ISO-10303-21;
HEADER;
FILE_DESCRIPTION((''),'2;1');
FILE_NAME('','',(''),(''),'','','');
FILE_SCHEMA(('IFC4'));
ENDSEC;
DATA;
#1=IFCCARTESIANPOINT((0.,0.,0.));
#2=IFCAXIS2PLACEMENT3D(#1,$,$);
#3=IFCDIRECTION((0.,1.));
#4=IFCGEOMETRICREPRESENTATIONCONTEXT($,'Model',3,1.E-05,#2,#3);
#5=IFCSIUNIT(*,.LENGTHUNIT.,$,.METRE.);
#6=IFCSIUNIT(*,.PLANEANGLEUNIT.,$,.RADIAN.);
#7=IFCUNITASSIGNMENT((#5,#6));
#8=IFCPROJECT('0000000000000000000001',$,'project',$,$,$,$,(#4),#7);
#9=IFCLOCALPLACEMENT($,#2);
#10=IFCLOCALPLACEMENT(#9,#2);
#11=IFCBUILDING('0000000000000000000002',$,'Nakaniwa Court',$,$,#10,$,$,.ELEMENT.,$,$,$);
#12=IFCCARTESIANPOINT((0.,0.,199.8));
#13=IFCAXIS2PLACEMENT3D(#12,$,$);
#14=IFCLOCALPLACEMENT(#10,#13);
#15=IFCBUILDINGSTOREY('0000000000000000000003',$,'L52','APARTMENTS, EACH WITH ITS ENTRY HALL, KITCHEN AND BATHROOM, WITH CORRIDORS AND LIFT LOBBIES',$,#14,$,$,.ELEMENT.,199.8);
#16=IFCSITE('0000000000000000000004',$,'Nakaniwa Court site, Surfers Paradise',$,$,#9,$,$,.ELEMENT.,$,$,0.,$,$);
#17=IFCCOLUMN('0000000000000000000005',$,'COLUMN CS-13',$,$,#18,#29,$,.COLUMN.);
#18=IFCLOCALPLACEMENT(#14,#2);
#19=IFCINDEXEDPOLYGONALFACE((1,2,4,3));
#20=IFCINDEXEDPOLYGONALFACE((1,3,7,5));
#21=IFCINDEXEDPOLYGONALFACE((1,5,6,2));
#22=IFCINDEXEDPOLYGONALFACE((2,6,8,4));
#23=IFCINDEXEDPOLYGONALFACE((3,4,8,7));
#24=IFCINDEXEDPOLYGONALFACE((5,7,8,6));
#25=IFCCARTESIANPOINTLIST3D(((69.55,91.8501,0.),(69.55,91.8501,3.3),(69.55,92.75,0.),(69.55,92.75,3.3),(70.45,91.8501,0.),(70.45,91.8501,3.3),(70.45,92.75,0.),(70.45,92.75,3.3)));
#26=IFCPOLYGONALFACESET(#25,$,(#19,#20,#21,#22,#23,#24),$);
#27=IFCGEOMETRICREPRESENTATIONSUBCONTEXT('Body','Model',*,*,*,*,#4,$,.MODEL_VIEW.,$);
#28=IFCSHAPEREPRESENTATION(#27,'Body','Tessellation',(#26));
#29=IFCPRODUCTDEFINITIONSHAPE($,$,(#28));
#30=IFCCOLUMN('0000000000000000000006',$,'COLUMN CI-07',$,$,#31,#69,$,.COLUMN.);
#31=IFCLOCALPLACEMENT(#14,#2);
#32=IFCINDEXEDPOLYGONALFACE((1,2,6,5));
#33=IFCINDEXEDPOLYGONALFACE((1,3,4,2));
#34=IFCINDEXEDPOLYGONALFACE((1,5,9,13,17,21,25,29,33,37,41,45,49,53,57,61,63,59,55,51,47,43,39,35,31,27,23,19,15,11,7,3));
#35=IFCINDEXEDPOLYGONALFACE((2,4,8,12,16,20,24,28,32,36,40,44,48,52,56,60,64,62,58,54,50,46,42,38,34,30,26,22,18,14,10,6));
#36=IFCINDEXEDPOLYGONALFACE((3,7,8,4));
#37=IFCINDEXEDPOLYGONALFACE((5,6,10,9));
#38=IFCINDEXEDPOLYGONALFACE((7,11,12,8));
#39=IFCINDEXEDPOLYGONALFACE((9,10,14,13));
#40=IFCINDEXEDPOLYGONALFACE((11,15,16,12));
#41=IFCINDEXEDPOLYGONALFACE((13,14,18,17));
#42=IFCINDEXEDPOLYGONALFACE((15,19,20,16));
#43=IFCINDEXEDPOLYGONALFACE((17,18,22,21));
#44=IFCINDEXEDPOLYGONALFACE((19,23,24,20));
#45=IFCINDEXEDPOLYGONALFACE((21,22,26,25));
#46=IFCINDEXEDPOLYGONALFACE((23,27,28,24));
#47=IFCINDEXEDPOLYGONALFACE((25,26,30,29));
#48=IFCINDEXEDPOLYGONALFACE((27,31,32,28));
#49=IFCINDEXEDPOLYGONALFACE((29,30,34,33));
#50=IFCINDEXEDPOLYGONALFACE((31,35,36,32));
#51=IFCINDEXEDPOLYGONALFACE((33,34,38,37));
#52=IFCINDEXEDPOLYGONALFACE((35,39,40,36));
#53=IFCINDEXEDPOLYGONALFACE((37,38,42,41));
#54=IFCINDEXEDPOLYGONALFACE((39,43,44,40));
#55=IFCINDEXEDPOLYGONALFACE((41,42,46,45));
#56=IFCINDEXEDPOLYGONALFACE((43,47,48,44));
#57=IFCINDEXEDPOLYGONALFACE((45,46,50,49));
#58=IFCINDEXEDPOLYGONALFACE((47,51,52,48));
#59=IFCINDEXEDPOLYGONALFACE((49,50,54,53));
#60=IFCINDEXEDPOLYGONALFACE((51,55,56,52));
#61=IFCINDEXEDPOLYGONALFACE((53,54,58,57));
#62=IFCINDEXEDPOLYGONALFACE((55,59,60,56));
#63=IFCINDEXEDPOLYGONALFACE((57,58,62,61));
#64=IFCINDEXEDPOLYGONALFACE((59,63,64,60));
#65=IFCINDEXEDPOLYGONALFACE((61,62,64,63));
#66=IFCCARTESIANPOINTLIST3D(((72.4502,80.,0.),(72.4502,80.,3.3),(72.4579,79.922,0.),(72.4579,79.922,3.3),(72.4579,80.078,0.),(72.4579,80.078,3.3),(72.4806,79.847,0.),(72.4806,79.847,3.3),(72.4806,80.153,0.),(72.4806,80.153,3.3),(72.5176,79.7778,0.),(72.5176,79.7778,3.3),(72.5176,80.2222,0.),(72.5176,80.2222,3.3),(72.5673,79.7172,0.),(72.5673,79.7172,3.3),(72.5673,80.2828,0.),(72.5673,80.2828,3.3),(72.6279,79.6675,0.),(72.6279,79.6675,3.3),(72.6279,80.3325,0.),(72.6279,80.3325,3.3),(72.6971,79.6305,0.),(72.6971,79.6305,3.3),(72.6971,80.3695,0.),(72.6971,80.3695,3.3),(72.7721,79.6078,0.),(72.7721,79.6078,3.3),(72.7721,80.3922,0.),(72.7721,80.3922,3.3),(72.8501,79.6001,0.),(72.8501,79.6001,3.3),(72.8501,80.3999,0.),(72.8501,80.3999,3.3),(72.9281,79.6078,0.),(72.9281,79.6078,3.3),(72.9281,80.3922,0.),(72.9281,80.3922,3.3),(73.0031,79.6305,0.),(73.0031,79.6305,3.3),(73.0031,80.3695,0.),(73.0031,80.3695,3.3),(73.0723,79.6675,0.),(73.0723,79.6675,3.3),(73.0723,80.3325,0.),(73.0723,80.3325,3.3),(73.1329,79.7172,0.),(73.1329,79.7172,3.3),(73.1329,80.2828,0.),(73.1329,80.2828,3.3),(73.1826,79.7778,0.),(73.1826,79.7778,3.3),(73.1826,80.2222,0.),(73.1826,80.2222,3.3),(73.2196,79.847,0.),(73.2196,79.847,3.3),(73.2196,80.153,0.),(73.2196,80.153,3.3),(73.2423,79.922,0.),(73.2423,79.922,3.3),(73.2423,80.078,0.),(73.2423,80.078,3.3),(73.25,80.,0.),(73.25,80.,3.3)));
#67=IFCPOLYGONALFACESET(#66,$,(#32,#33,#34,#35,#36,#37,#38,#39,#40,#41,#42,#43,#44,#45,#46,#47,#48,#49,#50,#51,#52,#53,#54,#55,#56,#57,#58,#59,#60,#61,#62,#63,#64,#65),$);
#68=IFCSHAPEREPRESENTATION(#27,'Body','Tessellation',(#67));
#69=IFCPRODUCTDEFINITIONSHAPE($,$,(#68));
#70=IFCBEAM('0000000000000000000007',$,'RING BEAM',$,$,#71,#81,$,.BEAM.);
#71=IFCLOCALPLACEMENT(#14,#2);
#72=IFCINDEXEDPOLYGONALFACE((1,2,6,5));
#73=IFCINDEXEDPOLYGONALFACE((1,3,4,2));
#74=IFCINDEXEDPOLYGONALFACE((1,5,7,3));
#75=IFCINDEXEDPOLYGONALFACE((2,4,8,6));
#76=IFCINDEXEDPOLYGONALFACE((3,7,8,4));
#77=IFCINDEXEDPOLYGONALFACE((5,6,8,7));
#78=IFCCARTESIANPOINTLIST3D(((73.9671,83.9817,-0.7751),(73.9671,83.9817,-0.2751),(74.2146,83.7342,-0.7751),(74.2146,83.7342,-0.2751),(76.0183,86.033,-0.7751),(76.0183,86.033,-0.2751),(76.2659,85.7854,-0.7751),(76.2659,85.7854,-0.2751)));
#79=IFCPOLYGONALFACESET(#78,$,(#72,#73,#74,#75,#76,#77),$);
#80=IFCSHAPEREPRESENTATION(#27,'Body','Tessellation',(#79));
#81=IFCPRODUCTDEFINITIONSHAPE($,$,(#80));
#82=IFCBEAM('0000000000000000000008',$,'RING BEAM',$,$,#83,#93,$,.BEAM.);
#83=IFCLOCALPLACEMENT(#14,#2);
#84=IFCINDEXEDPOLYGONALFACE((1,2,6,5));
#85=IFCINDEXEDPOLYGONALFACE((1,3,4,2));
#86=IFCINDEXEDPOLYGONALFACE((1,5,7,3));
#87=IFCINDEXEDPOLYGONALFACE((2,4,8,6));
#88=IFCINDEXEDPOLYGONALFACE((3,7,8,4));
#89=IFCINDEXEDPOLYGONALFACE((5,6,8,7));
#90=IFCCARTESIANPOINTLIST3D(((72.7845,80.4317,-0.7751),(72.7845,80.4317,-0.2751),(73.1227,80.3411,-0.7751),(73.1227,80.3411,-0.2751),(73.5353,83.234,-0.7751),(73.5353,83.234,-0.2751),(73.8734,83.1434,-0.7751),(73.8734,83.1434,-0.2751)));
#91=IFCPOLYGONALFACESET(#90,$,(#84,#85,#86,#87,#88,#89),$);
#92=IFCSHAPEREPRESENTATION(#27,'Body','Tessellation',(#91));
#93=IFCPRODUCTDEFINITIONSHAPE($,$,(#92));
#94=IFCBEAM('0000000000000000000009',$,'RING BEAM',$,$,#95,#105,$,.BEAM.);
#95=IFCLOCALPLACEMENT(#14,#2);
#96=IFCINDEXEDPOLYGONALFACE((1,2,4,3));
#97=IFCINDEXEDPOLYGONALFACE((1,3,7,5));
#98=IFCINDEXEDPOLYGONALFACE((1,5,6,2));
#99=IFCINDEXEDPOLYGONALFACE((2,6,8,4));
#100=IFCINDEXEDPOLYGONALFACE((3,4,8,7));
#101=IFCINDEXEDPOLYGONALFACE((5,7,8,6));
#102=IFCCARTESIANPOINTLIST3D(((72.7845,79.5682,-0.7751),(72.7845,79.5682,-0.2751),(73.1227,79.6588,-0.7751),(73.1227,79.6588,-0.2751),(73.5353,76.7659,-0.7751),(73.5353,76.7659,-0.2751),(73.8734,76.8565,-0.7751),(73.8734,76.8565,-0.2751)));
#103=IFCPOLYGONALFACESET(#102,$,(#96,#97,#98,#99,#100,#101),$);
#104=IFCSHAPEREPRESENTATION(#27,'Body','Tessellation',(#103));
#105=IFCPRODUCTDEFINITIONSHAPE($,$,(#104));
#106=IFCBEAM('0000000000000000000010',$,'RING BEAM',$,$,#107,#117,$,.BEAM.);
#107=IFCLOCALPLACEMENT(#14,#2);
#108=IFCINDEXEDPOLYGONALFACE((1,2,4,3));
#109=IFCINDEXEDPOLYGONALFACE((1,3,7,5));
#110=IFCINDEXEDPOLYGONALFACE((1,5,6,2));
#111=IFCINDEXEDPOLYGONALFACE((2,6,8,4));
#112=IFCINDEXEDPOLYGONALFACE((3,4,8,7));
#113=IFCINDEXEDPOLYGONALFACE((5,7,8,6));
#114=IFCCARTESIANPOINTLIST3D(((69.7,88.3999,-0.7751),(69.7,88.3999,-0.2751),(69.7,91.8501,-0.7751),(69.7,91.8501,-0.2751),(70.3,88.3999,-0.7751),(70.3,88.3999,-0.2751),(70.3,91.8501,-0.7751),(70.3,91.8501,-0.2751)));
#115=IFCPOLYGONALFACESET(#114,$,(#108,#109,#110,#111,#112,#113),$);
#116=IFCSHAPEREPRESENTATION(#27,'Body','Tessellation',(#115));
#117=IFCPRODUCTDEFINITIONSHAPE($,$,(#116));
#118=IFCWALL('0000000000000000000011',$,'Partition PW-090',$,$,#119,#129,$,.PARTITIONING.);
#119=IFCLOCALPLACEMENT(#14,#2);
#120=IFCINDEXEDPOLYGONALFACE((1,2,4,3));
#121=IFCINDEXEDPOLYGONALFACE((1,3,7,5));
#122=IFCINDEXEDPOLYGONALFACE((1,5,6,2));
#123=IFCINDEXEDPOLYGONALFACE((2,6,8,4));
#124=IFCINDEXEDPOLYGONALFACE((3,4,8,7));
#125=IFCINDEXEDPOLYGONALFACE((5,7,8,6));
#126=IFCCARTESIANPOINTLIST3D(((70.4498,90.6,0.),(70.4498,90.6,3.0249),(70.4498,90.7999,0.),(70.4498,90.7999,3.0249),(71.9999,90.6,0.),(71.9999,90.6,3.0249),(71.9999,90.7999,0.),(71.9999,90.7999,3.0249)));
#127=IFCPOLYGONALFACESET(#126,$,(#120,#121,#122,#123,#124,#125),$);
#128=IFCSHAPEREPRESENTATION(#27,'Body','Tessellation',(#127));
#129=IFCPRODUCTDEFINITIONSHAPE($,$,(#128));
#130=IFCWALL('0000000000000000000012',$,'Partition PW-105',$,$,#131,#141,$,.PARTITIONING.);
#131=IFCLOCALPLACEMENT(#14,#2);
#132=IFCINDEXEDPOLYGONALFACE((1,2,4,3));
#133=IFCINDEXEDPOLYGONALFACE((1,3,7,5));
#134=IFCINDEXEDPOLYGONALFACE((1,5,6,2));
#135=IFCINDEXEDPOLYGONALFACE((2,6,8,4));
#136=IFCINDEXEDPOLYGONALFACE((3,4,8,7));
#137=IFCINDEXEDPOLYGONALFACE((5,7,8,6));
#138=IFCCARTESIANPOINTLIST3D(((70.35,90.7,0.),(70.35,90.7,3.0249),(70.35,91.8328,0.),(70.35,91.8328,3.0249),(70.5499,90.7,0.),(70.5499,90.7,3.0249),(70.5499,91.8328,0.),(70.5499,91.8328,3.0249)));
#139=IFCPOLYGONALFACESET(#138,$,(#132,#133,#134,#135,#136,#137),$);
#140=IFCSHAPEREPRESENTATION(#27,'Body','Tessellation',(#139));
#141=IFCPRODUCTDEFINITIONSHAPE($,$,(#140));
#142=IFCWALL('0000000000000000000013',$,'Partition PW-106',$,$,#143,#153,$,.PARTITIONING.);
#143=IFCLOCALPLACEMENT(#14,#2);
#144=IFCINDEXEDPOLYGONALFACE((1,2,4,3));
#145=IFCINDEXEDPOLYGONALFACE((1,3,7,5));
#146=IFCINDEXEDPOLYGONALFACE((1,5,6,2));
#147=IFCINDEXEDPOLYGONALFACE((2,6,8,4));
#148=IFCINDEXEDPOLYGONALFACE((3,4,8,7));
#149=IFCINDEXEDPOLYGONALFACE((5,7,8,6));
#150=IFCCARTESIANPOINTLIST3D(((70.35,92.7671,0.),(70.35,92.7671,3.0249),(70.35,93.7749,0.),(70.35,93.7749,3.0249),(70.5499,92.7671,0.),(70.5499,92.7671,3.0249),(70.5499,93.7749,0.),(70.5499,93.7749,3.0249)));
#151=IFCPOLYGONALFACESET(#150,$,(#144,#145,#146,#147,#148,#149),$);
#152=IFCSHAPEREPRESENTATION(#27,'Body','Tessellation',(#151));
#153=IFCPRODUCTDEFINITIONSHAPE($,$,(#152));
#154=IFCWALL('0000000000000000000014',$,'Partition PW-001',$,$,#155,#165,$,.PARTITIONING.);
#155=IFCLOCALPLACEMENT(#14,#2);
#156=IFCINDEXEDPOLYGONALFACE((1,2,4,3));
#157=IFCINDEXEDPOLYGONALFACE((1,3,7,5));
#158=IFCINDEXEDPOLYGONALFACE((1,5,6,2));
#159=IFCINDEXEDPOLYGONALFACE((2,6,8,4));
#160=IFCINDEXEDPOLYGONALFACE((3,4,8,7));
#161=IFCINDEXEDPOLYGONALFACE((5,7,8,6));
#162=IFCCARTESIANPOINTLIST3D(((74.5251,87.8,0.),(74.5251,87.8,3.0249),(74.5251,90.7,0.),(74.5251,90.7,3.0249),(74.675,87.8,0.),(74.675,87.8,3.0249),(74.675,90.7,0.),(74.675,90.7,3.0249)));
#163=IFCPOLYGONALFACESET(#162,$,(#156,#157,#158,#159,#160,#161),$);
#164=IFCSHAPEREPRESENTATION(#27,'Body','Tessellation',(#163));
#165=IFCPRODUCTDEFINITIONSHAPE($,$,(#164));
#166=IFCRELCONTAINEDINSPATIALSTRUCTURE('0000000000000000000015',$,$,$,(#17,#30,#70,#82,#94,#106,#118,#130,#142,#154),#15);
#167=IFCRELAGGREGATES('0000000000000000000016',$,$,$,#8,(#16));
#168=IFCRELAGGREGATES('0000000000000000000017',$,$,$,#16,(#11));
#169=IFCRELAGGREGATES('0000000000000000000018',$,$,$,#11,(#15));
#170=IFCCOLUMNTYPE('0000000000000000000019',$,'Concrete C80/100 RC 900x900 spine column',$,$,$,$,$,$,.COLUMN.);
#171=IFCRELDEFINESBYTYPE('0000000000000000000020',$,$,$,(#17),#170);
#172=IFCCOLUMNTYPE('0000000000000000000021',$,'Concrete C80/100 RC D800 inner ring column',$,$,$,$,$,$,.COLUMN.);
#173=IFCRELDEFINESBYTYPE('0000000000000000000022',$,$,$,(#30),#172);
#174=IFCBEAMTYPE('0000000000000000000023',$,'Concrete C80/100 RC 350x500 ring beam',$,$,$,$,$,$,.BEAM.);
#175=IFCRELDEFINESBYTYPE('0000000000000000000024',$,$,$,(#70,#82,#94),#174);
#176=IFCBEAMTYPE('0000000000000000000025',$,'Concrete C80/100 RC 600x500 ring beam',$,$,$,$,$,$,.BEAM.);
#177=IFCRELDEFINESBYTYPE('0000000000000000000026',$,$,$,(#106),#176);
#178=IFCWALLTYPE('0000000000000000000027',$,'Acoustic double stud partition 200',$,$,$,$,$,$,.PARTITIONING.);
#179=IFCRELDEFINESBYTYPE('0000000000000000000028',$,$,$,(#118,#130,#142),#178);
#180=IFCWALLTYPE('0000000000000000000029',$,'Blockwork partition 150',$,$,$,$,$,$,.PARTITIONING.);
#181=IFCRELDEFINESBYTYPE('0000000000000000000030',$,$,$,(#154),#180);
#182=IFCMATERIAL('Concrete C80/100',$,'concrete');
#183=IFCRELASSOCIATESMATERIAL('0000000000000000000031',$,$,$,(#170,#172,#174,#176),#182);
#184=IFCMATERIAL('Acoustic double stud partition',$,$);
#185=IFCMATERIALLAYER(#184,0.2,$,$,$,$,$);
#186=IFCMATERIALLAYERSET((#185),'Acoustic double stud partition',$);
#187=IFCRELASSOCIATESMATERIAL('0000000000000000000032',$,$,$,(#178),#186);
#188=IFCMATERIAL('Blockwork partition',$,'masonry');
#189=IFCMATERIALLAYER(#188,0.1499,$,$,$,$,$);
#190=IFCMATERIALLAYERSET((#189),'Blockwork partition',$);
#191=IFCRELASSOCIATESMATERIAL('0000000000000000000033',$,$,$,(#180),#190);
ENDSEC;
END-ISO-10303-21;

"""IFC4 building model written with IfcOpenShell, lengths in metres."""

from ifc_helpers import new_model, si_unit, direction, frame, frame_2d, origin, origin_2d, place, context, subcontext, project, spatial, rectangle, circle, extrude, material, layer, layer_set, material_profile, profile_set, type_object, element, save


model = new_model("IFC4")

# Units and contexts
model_context = context("Model", 3, precision=1e-05, world=origin(), true_north=direction((0.0, 1.0)))
body_context = subcontext(model_context, "Body", "Model", "MODEL_VIEW")
ifc_project = project(units=[si_unit("LENGTHUNIT", "METRE"), si_unit("PLANEANGLEUNIT", "RADIAN")], contexts=[model_context])

# Site, building, storey
site_placement = place(None, origin())
site = spatial("IfcSite", under=ifc_project, at=site_placement, Name="Nakaniwa Court site, Surfers Paradise", CompositionType="ELEMENT", RefElevation=0.0)
building_placement = place(site_placement, origin())
building = spatial("IfcBuilding", under=site, at=building_placement, Name="Nakaniwa Court", CompositionType="ELEMENT")
storey_placement = place(building_placement, frame((0.0, 0.0, 199.8)))
storey = spatial("IfcBuildingStorey", under=building, at=storey_placement, Name="L52", Description="APARTMENTS, EACH WITH ITS ENTRY HALL, KITCHEN AND BATHROOM, WITH CORRIDORS AND LIFT LOBBIES", CompositionType="ELEMENT", Elevation=199.8)

# Columns
ifc_material_1 = material(Name="Concrete C80/100", Category="concrete")
ifc_material_profile_1 = material_profile(ifc_material_1, rectangle(XDim=0.8999, YDim=0.8999, at=origin_2d()), Name="Concrete C80/100 RC 900x900 spine column")
ifc_profile_set_1 = profile_set([ifc_material_profile_1], Name="Concrete C80/100")
column_type_1 = type_object("IfcColumnType", Name="Concrete C80/100 RC 900x900 spine column", PredefinedType="COLUMN", material=ifc_profile_set_1)
column_placement = place(storey_placement, frame((70.0, 92.3, 0.0), z_axis=(0.0, 0.0, 1.0), x_axis=(0.0, -1.0, 0.0)))
element("IfcColumn", 1, at=column_placement, inside=storey, type_object=column_type_1, Name="COLUMN CS-13", PredefinedType="COLUMN", context=body_context, shape_type="SweptSolid", body=[
    extrude(rectangle(XDim=0.8999, YDim=0.8999, at=origin_2d()), origin(), (0.0, 0.0, 1.0), 3.3),
])
ifc_material_profile_2 = material_profile(ifc_material_1, circle(Radius=0.3999, at=origin_2d()), Name="Concrete C80/100 RC D800 inner ring column")
ifc_profile_set_2 = profile_set([ifc_material_profile_2], Name="Concrete C80/100")
column_type_2 = type_object("IfcColumnType", Name="Concrete C80/100 RC D800 inner ring column", PredefinedType="COLUMN", material=ifc_profile_set_2)
for number, where, z_axis, x_axis, name in (
    (2, (72.8501, 80.0, 0.0), (0.0, 0.0, 1.0), (0.0, -1.0, 0.0), "COLUMN CI-07"),
):
    element("IfcColumn", number, at=place(storey_placement, frame(where, z_axis=z_axis, x_axis=x_axis)), inside=storey, type_object=column_type_2, Name=name, PredefinedType="COLUMN", context=body_context, shape_type="SweptSolid", body=[
        extrude(circle(Radius=0.3999, at=origin_2d()), origin(), (0.0, 0.0, 1.0), 3.3),
    ])

# Beams
ifc_material_profile_3 = material_profile(ifc_material_1, rectangle(XDim=0.3501, YDim=0.5, at=origin_2d()), Name="Concrete C80/100 RC 350x500 ring beam")
ifc_profile_set_3 = profile_set([ifc_material_profile_3], Name="Concrete C80/100")
beam_type_1 = type_object("IfcBeamType", Name="Concrete C80/100 RC 350x500 ring beam", PredefinedType="BEAM", material=ifc_profile_set_3)
beam_1_placement = place(storey_placement, frame((76.1421, 85.9092, -0.5251), z_axis=(-0.707107, -0.707107, 0.0), x_axis=(0.707107, -0.707107, 0.0)))
element("IfcBeam", 3, at=beam_1_placement, inside=storey, type_object=beam_type_1, Name="RING BEAM", PredefinedType="BEAM", context=body_context, shape_type="SweptSolid", body=[
    extrude(rectangle(XDim=0.3501, YDim=0.5, at=origin_2d()), origin(), (0.0, 0.0, 1.0), 2.9009),
])
for number, where, z_axis, x_axis, name in (
    (4, (73.7043, 83.1887, -0.5251), (-0.258778, -0.965937, 0.0), (0.965937, -0.258778, 0.0), "RING BEAM"),
    (5, (72.9536, 79.6135, -0.5251), (0.258778, -0.965937, 0.0), (0.965937, 0.258778, 0.0), "RING BEAM"),
):
    element("IfcBeam", number, at=place(storey_placement, frame(where, z_axis=z_axis, x_axis=x_axis)), inside=storey, type_object=beam_type_1, Name=name, PredefinedType="BEAM", context=body_context, shape_type="SweptSolid", body=[
        extrude(rectangle(XDim=0.3501, YDim=0.5, at=origin_2d()), origin(), (0.0, 0.0, 1.0), 2.9011),
    ])
ifc_material_profile_4 = material_profile(ifc_material_1, rectangle(XDim=0.6001, YDim=0.5, at=origin_2d()), Name="Concrete C80/100 RC 600x500 ring beam")
ifc_profile_set_4 = profile_set([ifc_material_profile_4], Name="Concrete C80/100")
beam_type_2 = type_object("IfcBeamType", Name="Concrete C80/100 RC 600x500 ring beam", PredefinedType="BEAM", material=ifc_profile_set_4)
beam_2_placement = place(storey_placement, frame((70.0, 91.8501, -0.5251), z_axis=(0.0, -1.0, 0.0), x_axis=(1.0, 0.0, 0.0)))
element("IfcBeam", 6, at=beam_2_placement, inside=storey, type_object=beam_type_2, Name="RING BEAM", PredefinedType="BEAM", context=body_context, shape_type="SweptSolid", body=[
    extrude(rectangle(XDim=0.6001, YDim=0.5, at=origin_2d()), origin(), (0.0, 0.0, 1.0), 3.4502),
])

# Walls
ifc_material_2 = material(Name="Acoustic double stud partition")
ifc_layer_1 = layer(ifc_material_2, 0.2)
ifc_layer_set_1 = layer_set([ifc_layer_1], Name="Acoustic double stud partition")
wall_type_1 = type_object("IfcWallType", Name="Acoustic double stud partition 200", PredefinedType="PARTITIONING", material=ifc_layer_set_1)
wall_1_placement = place(storey_placement, frame((70.45, 90.7, 0.0), z_axis=(0.0, 0.0, 1.0), x_axis=(1.0, 0.0, 0.0)))
element("IfcWall", 7, at=wall_1_placement, inside=storey, type_object=wall_type_1, Name="Partition PW-090", PredefinedType="PARTITIONING", context=body_context, shape_type="SweptSolid", body=[
    extrude(rectangle(XDim=1.55, YDim=0.2, at=frame_2d((0.7749, 0.0))), origin(), (0.0, 0.0, 1.0), 3.0249),
])
wall_2_placement = place(storey_placement, frame((70.45, 90.7, 0.0), z_axis=(0.0, 0.0, 1.0), x_axis=(0.0, 1.0, 0.0)))
element("IfcWall", 8, at=wall_2_placement, inside=storey, type_object=wall_type_1, Name="Partition PW-105", PredefinedType="PARTITIONING", context=body_context, shape_type="SweptSolid", body=[
    extrude(rectangle(XDim=1.1328, YDim=0.2, at=frame_2d((0.5664, 0.0))), origin(), (0.0, 0.0, 1.0), 3.0249),
])
wall_3_placement = place(storey_placement, frame((70.45, 92.7671, 0.0), z_axis=(0.0, 0.0, 1.0), x_axis=(0.0, 1.0, 0.0)))
element("IfcWall", 9, at=wall_3_placement, inside=storey, type_object=wall_type_1, Name="Partition PW-106", PredefinedType="PARTITIONING", context=body_context, shape_type="SweptSolid", body=[
    extrude(rectangle(XDim=1.0078, YDim=0.2, at=frame_2d((0.5039, 0.0))), origin(), (0.0, 0.0, 1.0), 3.0249),
])
ifc_material_3 = material(Name="Blockwork partition", Category="masonry")
ifc_layer_2 = layer(ifc_material_3, 0.1499)
ifc_layer_set_2 = layer_set([ifc_layer_2], Name="Blockwork partition")
wall_type_2 = type_object("IfcWallType", Name="Blockwork partition 150", PredefinedType="PARTITIONING", material=ifc_layer_set_2)
wall_4_placement = place(storey_placement, frame((74.6001, 87.8, 0.0), z_axis=(0.0, 0.0, 1.0), x_axis=(0.0, 1.0, 0.0)))
element("IfcWall", 10, at=wall_4_placement, inside=storey, type_object=wall_type_2, Name="Partition PW-001", PredefinedType="PARTITIONING", context=body_context, shape_type="SweptSolid", body=[
    extrude(rectangle(XDim=2.8999, YDim=0.1499, at=frame_2d((1.45, 0.0))), origin(), (0.0, 0.0, 1.0), 3.0249),
])

save(model, "model.ifc")
